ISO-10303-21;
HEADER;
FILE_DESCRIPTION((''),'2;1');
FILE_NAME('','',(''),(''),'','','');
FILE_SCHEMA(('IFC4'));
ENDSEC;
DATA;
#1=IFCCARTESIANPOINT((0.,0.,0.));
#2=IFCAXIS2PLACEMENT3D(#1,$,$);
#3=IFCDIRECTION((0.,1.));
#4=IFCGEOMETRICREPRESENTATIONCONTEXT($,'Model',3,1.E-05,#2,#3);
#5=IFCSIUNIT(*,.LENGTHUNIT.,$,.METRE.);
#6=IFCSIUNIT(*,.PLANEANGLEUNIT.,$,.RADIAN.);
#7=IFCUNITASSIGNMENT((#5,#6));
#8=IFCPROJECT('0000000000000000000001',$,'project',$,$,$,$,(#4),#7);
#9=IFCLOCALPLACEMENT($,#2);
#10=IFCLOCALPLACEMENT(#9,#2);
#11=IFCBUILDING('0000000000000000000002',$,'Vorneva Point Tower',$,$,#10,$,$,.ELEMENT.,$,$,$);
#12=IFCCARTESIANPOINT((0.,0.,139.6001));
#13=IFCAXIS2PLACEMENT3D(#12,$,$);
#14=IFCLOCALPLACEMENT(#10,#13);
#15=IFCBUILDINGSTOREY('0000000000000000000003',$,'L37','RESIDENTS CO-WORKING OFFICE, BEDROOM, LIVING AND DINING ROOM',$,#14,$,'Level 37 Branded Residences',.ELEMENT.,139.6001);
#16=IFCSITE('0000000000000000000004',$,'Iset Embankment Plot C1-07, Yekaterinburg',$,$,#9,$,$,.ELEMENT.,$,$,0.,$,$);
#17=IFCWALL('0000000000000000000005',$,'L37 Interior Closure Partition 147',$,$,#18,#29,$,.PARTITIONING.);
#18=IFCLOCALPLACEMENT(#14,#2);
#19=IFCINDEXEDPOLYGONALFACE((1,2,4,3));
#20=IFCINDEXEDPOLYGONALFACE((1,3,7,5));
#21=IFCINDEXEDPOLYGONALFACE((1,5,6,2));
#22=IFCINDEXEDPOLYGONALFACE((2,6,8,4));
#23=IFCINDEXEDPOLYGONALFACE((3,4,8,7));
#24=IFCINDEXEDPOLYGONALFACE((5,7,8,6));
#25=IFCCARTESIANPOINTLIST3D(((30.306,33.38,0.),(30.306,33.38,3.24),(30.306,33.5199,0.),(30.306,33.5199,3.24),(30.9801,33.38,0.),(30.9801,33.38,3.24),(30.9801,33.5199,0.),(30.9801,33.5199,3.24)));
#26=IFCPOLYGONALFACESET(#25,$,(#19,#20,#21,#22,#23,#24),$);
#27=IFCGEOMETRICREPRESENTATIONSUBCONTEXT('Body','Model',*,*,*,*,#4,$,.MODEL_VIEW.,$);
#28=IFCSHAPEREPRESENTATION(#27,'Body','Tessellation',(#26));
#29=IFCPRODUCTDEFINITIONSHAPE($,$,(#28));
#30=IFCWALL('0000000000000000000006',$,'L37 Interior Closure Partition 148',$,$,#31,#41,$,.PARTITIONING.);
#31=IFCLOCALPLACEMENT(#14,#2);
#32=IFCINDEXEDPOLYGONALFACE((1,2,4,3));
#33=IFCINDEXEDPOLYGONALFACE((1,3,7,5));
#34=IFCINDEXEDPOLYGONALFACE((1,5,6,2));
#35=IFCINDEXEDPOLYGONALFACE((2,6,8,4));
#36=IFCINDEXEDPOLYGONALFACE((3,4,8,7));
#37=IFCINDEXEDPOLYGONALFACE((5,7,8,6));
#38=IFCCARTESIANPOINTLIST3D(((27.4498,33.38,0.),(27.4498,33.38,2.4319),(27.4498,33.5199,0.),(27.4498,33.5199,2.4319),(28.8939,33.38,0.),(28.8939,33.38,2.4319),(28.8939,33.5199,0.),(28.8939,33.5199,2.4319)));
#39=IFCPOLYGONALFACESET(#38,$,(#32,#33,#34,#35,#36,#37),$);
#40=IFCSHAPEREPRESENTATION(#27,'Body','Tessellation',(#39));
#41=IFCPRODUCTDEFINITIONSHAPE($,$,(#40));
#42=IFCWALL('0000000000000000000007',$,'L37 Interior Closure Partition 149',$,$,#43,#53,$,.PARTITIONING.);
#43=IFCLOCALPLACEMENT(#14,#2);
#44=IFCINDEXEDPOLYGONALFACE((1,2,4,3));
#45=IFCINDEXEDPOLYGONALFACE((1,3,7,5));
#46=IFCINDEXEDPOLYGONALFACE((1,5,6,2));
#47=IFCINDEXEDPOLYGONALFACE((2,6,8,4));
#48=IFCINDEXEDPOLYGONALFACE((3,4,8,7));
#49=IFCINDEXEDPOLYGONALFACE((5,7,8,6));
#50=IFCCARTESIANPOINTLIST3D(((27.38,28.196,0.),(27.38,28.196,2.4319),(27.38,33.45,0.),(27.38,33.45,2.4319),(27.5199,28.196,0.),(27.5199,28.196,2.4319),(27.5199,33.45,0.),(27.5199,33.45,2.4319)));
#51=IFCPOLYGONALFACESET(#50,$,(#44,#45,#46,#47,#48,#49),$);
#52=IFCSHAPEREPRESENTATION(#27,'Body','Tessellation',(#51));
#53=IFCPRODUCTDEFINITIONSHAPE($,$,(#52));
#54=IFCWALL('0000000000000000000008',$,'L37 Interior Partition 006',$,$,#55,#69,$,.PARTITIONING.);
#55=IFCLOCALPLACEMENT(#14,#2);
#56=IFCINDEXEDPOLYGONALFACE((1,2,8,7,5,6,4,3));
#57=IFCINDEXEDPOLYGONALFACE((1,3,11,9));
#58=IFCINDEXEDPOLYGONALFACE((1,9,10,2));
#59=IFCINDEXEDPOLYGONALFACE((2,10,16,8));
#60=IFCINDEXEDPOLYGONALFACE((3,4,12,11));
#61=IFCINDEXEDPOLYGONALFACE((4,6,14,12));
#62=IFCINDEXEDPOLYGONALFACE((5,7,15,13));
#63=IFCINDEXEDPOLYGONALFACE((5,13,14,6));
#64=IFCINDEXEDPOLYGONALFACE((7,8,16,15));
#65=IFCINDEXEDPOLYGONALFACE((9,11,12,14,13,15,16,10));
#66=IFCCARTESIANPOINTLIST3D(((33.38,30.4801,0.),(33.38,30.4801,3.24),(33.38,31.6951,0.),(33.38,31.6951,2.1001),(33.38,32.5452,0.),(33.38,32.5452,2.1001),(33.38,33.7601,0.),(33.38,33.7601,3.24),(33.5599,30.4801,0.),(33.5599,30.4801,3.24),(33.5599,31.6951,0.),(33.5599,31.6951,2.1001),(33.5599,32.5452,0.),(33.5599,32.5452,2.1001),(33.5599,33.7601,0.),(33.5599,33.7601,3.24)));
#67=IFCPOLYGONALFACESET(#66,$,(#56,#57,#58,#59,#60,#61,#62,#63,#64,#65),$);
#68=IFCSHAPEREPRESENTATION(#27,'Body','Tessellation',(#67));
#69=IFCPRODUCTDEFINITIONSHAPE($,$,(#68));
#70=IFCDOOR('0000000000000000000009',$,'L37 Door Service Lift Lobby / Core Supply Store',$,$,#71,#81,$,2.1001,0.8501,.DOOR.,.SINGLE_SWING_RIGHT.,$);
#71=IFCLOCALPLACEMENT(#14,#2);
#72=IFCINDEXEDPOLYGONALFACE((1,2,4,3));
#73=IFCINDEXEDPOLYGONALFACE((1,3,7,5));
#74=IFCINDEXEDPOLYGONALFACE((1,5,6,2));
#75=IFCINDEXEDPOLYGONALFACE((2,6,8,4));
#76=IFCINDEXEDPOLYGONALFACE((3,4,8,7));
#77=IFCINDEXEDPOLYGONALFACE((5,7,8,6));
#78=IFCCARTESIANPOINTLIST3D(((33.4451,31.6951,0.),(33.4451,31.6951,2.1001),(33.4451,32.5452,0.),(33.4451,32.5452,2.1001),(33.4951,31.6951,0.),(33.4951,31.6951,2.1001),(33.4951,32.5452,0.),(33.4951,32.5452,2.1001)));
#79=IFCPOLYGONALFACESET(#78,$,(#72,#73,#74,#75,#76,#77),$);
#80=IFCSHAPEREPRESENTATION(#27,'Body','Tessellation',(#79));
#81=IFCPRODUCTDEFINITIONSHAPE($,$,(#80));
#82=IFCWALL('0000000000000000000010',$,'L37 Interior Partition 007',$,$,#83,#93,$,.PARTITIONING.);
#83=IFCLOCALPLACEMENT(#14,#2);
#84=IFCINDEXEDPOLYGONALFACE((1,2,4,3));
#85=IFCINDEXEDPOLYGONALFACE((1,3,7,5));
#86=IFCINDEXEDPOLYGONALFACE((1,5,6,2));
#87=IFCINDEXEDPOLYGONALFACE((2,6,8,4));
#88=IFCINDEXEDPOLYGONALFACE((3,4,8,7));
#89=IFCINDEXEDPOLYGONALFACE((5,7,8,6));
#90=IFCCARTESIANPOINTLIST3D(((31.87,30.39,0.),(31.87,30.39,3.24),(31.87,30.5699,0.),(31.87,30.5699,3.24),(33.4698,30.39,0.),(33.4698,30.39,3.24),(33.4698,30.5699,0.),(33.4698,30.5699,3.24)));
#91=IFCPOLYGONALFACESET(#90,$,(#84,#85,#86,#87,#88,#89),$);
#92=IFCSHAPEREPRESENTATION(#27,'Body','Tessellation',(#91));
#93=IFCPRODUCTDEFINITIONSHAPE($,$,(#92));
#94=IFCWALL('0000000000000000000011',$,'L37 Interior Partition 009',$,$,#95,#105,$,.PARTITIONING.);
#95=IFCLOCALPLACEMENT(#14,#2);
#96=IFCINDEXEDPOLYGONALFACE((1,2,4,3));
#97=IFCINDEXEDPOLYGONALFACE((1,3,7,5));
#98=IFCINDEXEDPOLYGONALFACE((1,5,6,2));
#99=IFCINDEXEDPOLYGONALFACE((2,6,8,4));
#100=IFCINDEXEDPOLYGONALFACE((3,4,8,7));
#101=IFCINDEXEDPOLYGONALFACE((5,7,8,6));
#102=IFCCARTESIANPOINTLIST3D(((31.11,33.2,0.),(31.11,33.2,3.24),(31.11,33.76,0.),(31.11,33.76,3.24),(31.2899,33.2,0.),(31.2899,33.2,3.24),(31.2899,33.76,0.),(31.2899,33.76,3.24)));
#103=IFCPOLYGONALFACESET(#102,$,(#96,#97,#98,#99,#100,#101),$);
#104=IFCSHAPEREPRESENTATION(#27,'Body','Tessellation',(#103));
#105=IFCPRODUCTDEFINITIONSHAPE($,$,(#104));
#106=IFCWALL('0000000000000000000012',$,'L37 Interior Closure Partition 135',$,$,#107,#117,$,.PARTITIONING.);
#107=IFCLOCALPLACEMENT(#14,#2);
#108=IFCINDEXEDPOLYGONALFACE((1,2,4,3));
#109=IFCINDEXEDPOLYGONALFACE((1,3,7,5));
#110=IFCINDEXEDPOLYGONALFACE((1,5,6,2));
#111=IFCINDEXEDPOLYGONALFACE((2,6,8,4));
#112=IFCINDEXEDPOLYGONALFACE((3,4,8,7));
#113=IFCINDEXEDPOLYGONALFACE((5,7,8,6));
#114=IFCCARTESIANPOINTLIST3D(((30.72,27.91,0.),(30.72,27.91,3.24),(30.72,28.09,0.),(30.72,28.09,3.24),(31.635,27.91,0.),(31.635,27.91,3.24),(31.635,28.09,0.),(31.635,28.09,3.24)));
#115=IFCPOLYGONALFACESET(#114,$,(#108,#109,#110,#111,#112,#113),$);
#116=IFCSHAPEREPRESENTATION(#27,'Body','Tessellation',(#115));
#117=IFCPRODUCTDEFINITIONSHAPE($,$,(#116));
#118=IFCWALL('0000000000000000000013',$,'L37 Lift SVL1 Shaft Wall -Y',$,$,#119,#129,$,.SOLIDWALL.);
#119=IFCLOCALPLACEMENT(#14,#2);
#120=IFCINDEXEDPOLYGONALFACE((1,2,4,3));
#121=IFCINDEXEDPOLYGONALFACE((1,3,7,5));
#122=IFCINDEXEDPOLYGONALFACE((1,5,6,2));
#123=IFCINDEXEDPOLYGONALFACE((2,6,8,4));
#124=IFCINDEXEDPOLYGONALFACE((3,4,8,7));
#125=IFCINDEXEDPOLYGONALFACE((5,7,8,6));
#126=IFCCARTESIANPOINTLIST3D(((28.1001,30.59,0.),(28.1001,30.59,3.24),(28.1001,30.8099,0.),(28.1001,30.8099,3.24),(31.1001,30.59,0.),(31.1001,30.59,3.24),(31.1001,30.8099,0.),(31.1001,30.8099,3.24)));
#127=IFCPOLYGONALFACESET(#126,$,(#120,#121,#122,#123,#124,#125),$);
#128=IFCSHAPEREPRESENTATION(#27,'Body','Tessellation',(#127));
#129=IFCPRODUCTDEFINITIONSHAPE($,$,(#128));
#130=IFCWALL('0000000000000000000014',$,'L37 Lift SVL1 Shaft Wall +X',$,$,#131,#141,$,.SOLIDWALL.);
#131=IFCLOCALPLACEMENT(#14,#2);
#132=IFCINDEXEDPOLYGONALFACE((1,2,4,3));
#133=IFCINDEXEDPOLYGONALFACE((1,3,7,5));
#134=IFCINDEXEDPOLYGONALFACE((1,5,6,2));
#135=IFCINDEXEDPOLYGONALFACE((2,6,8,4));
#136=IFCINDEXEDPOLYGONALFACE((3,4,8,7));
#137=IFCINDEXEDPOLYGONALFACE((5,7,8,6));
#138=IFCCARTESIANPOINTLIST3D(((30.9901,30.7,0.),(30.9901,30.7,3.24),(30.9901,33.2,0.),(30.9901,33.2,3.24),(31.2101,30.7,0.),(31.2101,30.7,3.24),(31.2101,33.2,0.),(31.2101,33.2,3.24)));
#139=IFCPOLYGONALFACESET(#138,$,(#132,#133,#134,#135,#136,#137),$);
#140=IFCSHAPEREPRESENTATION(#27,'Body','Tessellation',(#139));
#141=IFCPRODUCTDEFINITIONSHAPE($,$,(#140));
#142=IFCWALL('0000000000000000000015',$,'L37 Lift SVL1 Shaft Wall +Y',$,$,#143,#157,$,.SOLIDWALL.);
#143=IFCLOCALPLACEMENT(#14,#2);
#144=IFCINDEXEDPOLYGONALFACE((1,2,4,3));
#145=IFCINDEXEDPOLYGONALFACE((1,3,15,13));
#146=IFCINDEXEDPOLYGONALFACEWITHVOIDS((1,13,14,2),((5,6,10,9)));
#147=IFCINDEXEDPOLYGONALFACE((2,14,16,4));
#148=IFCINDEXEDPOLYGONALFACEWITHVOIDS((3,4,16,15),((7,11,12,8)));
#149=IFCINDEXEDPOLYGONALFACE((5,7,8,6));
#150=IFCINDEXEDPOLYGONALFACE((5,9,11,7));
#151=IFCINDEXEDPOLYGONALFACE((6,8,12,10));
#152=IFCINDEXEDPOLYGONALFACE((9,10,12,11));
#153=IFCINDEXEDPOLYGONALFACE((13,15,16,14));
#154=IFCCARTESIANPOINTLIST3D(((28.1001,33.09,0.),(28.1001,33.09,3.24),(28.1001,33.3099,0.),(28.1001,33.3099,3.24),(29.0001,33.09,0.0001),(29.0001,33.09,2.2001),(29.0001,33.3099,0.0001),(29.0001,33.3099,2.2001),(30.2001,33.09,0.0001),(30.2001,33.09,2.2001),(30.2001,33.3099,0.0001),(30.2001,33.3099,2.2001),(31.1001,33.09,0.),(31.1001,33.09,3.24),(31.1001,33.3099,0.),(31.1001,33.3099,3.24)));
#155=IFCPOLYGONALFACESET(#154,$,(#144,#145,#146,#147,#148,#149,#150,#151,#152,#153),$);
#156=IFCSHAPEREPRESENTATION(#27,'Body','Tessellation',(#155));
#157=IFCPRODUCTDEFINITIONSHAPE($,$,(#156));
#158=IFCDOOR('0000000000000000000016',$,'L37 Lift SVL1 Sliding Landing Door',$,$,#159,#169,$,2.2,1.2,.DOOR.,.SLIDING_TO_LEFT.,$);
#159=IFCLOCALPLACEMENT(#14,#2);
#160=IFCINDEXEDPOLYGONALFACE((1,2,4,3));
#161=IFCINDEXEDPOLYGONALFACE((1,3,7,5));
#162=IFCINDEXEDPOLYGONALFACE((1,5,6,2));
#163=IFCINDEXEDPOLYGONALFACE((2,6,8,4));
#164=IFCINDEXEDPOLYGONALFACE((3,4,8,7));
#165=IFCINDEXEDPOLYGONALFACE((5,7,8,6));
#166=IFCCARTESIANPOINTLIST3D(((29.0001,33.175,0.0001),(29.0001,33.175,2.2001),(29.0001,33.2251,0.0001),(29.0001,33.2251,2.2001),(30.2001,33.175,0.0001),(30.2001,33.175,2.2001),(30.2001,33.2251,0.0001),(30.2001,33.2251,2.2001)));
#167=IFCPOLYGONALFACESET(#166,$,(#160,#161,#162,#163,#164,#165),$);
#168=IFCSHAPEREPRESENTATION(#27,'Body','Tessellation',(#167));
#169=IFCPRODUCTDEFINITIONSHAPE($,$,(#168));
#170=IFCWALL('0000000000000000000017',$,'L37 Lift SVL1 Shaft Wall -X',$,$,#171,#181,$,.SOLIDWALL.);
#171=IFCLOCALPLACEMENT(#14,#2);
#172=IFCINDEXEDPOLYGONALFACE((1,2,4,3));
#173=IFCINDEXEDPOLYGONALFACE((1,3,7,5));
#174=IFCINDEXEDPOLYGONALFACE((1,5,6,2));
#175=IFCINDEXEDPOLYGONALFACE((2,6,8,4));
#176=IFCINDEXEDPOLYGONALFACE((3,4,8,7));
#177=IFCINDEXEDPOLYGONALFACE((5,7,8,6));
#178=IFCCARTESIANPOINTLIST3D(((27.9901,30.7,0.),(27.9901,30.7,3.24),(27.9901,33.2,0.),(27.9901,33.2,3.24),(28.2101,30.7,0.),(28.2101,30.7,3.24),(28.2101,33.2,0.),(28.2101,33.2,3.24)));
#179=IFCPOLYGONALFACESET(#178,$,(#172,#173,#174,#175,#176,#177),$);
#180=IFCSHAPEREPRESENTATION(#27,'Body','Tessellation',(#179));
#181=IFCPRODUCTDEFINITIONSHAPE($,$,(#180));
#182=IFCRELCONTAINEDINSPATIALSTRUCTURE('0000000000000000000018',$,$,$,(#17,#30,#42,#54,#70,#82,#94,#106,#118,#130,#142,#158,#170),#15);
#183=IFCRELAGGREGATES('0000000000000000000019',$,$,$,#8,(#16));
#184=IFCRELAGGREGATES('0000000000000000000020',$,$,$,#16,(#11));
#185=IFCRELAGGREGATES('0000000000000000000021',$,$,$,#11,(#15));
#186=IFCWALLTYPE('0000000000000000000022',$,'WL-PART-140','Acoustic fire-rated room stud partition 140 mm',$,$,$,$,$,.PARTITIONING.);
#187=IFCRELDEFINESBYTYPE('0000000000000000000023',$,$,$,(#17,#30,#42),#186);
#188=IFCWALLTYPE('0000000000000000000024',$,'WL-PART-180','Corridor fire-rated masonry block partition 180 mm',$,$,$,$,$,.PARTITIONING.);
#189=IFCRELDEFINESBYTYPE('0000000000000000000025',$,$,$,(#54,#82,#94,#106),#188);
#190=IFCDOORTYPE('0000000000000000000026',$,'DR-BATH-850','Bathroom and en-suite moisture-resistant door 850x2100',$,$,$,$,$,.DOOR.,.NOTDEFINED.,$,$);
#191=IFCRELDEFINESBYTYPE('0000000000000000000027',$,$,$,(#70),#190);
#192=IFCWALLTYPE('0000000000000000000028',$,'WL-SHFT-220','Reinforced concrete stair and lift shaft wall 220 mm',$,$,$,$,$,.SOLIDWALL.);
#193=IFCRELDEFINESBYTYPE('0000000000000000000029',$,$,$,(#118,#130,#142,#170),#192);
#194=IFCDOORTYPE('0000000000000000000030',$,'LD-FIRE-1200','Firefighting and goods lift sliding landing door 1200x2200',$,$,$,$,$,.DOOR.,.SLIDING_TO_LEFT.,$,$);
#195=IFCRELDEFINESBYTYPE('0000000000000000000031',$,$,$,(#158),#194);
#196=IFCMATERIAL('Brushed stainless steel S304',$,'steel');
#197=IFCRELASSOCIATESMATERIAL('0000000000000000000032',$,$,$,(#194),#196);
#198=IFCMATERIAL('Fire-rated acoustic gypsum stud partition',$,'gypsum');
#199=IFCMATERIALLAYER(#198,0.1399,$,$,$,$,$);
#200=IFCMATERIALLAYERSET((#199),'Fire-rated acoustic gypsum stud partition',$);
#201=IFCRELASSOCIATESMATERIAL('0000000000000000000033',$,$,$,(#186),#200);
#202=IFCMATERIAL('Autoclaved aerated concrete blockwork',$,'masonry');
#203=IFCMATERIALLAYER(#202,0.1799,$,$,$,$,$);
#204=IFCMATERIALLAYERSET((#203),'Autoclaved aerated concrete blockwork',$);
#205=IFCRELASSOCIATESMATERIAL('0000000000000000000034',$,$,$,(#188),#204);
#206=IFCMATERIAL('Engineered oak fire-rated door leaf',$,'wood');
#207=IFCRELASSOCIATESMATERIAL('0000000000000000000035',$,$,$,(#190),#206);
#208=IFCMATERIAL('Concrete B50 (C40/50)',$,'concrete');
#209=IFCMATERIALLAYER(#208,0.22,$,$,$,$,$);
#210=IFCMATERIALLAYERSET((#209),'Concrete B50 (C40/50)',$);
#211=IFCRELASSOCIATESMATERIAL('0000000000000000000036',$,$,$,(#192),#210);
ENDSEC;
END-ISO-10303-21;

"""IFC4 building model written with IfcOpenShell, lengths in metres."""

from ifc_helpers import new_model, si_unit, direction, frame, frame_2d, origin, place, context, subcontext, project, spatial, rectangle, extrude, material, layer, layer_set, type_object, element, fill, save


model = new_model("IFC4")

# Units and contexts
model_context = context("Model", 3, precision=1e-05, world=origin(), true_north=direction((0.0, 1.0)))
body_context = subcontext(model_context, "Body", "Model", "MODEL_VIEW")
ifc_project = project(units=[si_unit("LENGTHUNIT", "METRE"), si_unit("PLANEANGLEUNIT", "RADIAN")], contexts=[model_context])

# Site, building, storey
site_placement = place(None, origin())
site = spatial("IfcSite", under=ifc_project, at=site_placement, Name="Iset Embankment Plot C1-07, Yekaterinburg", CompositionType="ELEMENT", RefElevation=0.0)
building_placement = place(site_placement, origin())
building = spatial("IfcBuilding", under=site, at=building_placement, Name="Vorneva Point Tower", CompositionType="ELEMENT")
storey_placement = place(building_placement, frame((0.0, 0.0, 139.6001)))
storey = spatial("IfcBuildingStorey", under=building, at=storey_placement, Name="L37", Description="RESIDENTS CO-WORKING OFFICE, BEDROOM, LIVING AND DINING ROOM", LongName="Level 37 Branded Residences", CompositionType="ELEMENT", Elevation=139.6001)

# Shared definitions
ifc_material_1 = material(Name="Brushed stainless steel S304", Category="steel")
door_type_1 = type_object("IfcDoorType", Name="LD-FIRE-1200", Description="Firefighting and goods lift sliding landing door 1200x2200", OperationType="SLIDING_TO_LEFT", PredefinedType="DOOR", material=ifc_material_1)

# Walls
ifc_material_2 = material(Name="Fire-rated acoustic gypsum stud partition", Category="gypsum")
ifc_layer_1 = layer(ifc_material_2, 0.1399)
ifc_layer_set_1 = layer_set([ifc_layer_1], Name="Fire-rated acoustic gypsum stud partition")
wall_type_1 = type_object("IfcWallType", Name="WL-PART-140", Description="Acoustic fire-rated room stud partition 140 mm", PredefinedType="PARTITIONING", material=ifc_layer_set_1)
wall_1_placement = place(storey_placement, frame((30.98, 33.45, 0.0), z_axis=(0.0, 0.0, 1.0), x_axis=(-1.0, 0.0, 0.0)))
element("IfcWall", 1, at=wall_1_placement, inside=storey, type_object=wall_type_1, Name="L37 Interior Closure Partition 147", PredefinedType="PARTITIONING", context=body_context, shape_type="SweptSolid", body=[
    extrude(rectangle(XDim=0.6741, YDim=0.1399, at=frame_2d((0.3369, 0.0))), origin(), (0.0, 0.0, 1.0), 3.24),
])
wall_2_placement = place(storey_placement, frame((28.894, 33.45, 0.0), z_axis=(0.0, 0.0, 1.0), x_axis=(-1.0, 0.0, 0.0)))
element("IfcWall", 2, at=wall_2_placement, inside=storey, type_object=wall_type_1, Name="L37 Interior Closure Partition 148", PredefinedType="PARTITIONING", context=body_context, shape_type="SweptSolid", body=[
    extrude(rectangle(XDim=1.4441, YDim=0.1399, at=frame_2d((0.7222, 0.0))), origin(), (0.0, 0.0, 1.0), 2.4319),
])
wall_3_placement = place(storey_placement, frame((27.45, 33.45, 0.0), z_axis=(0.0, 0.0, 1.0), x_axis=(0.0, -1.0, 0.0)))
element("IfcWall", 3, at=wall_3_placement, inside=storey, type_object=wall_type_1, Name="L37 Interior Closure Partition 149", PredefinedType="PARTITIONING", context=body_context, shape_type="SweptSolid", body=[
    extrude(rectangle(XDim=5.2539, YDim=0.1399, at=frame_2d((2.627, 0.0))), origin(), (0.0, 0.0, 1.0), 2.4319),
])

# Wall, opening, door
ifc_material_3 = material(Name="Autoclaved aerated concrete blockwork", Category="masonry")
ifc_layer_2 = layer(ifc_material_3, 0.1799)
ifc_layer_set_2 = layer_set([ifc_layer_2], Name="Autoclaved aerated concrete blockwork")
wall_type_2 = type_object("IfcWallType", Name="WL-PART-180", Description="Corridor fire-rated masonry block partition 180 mm", PredefinedType="PARTITIONING", material=ifc_layer_set_2)
wall_4_placement = place(storey_placement, frame((33.47, 30.48, 0.0), z_axis=(0.0, 0.0, 1.0), x_axis=(0.0, 1.0, 0.0)))
wall_4 = element("IfcWall", 4, at=wall_4_placement, inside=storey, type_object=wall_type_2, Name="L37 Interior Partition 006", PredefinedType="PARTITIONING", context=body_context, shape_type="SweptSolid", body=[
    extrude(rectangle(XDim=3.28, YDim=0.1799, at=frame_2d((1.6401, 0.0))), origin(), (0.0, 0.0, 1.0), 3.24),
])
opening_1_placement = place(wall_4_placement, frame((1.2151, 0.0, 0.0)))
opening_1 = element("IfcOpeningElement", 5, at=opening_1_placement, cuts=wall_4, PredefinedType="OPENING", context=body_context, shape_type="SweptSolid", body=[
    extrude(rectangle(XDim=0.8501, YDim=2.1001, at=frame_2d((0.425, 1.05))), frame((0.0, 0.105, 0.0), z_axis=(0.0, -1.0, 0.0), x_axis=(1.0, 0.0, 0.0)), (0.0, 0.0, 1.0), 0.2097),
])
ifc_material_4 = material(Name="Engineered oak fire-rated door leaf", Category="wood")
door_type_2 = type_object("IfcDoorType", Name="DR-BATH-850", Description="Bathroom and en-suite moisture-resistant door 850x2100", OperationType="NOTDEFINED", PredefinedType="DOOR", material=ifc_material_4)
door_1_placement = place(opening_1_placement, origin())
door_1 = element("IfcDoor", 6, at=door_1_placement, inside=storey, type_object=door_type_2, Name="L37 Door Service Lift Lobby / Core Supply Store", OperationType="SINGLE_SWING_RIGHT", OverallHeight=2.1001, OverallWidth=0.8501, PredefinedType="DOOR", context=body_context, shape_type="SweptSolid", body=[
    extrude(rectangle(XDim=0.8501, YDim=2.1001, at=frame_2d((0.425, 1.05))), frame((0.0, 0.0249, 0.0), z_axis=(0.0, -1.0, 0.0), x_axis=(1.0, 0.0, 0.0)), (0.0, 0.0, 1.0), 0.05),
])
fill(opening_1, door_1)

# Wall
wall_5_placement = place(storey_placement, frame((31.8701, 30.48, 0.0), z_axis=(0.0, 0.0, 1.0), x_axis=(1.0, 0.0, 0.0)))
element("IfcWall", 7, at=wall_5_placement, inside=storey, type_object=wall_type_2, Name="L37 Interior Partition 007", PredefinedType="PARTITIONING", context=body_context, shape_type="SweptSolid", body=[
    extrude(rectangle(XDim=1.5999, YDim=0.1799, at=frame_2d((0.7998, 0.0))), origin(), (0.0, 0.0, 1.0), 3.24),
])

# Walls
wall_6_placement = place(storey_placement, frame((31.2, 33.76, 0.0), z_axis=(0.0, 0.0, 1.0), x_axis=(0.0, -1.0, 0.0)))
element("IfcWall", 8, at=wall_6_placement, inside=storey, type_object=wall_type_2, Name="L37 Interior Partition 009", PredefinedType="PARTITIONING", context=body_context, shape_type="SweptSolid", body=[
    extrude(rectangle(XDim=0.5601, YDim=0.1799, at=frame_2d((0.28, 0.0))), origin(), (0.0, 0.0, 1.0), 3.24),
])
wall_7_placement = place(storey_placement, frame((31.635, 28.0, 0.0), z_axis=(0.0, 0.0, 1.0), x_axis=(-1.0, 0.0, 0.0)))
element("IfcWall", 9, at=wall_7_placement, inside=storey, type_object=wall_type_2, Name="L37 Interior Closure Partition 135", PredefinedType="PARTITIONING", context=body_context, shape_type="SweptSolid", body=[
    extrude(rectangle(XDim=0.915, YDim=0.1799, at=frame_2d((0.4575, 0.0))), origin(), (0.0, 0.0, 1.0), 3.24),
])
ifc_material_5 = material(Name="Concrete B50 (C40/50)", Category="concrete")
ifc_layer_3 = layer(ifc_material_5, 0.22)
ifc_layer_set_3 = layer_set([ifc_layer_3], Name="Concrete B50 (C40/50)")
wall_type_3 = type_object("IfcWallType", Name="WL-SHFT-220", Description="Reinforced concrete stair and lift shaft wall 220 mm", PredefinedType="SOLIDWALL", material=ifc_layer_set_3)
wall_8_placement = place(storey_placement, frame((28.1001, 30.7, 0.0), z_axis=(0.0, 0.0, 1.0), x_axis=(1.0, 0.0, 0.0)))
element("IfcWall", 10, at=wall_8_placement, inside=storey, type_object=wall_type_3, Name="L37 Lift SVL1 Shaft Wall -Y", PredefinedType="SOLIDWALL", context=body_context, shape_type="SweptSolid", body=[
    extrude(rectangle(XDim=3.0, YDim=0.22, at=frame_2d((1.5, 0.0))), origin(), (0.0, 0.0, 1.0), 3.24),
])
wall_9_placement = place(storey_placement, frame((31.1001, 30.7, 0.0), z_axis=(0.0, 0.0, 1.0), x_axis=(0.0, 1.0, 0.0)))
element("IfcWall", 11, at=wall_9_placement, inside=storey, type_object=wall_type_3, Name="L37 Lift SVL1 Shaft Wall +X", PredefinedType="SOLIDWALL", context=body_context, shape_type="SweptSolid", body=[
    extrude(rectangle(XDim=2.5, YDim=0.22, at=frame_2d((1.25, 0.0))), origin(), (0.0, 0.0, 1.0), 3.24),
])

# Wall, opening, door
wall_10_placement = place(storey_placement, frame((31.1001, 33.2, 0.0), z_axis=(0.0, 0.0, 1.0), x_axis=(-1.0, 0.0, 0.0)))
wall_10 = element("IfcWall", 12, at=wall_10_placement, inside=storey, type_object=wall_type_3, Name="L37 Lift SVL1 Shaft Wall +Y", PredefinedType="SOLIDWALL", context=body_context, shape_type="SweptSolid", body=[
    extrude(rectangle(XDim=3.0, YDim=0.22, at=frame_2d((1.5, 0.0))), origin(), (0.0, 0.0, 1.0), 3.24),
])
opening_2_placement = place(wall_10_placement, frame((0.8999, 0.0, 0.0)))
opening_2 = element("IfcOpeningElement", 13, at=opening_2_placement, cuts=wall_10, PredefinedType="OPENING", context=body_context, shape_type="SweptSolid", body=[
    extrude(rectangle(XDim=1.2, YDim=2.2, at=frame_2d((0.6001, 1.1001))), frame((0.0, 0.125, 0.0), z_axis=(0.0, -1.0, 0.0), x_axis=(1.0, 0.0, 0.0)), (0.0, 0.0, 1.0), 0.2498),
])
door_2_placement = place(opening_2_placement, origin())
door_2 = element("IfcDoor", 14, at=door_2_placement, inside=storey, type_object=door_type_1, Name="L37 Lift SVL1 Sliding Landing Door", OperationType="SLIDING_TO_LEFT", OverallHeight=2.2, OverallWidth=1.2, PredefinedType="DOOR", context=body_context, shape_type="SweptSolid", body=[
    extrude(rectangle(XDim=1.2, YDim=2.2, at=frame_2d((0.6001, 1.1001))), frame((0.0, 0.0249, 0.0), z_axis=(0.0, -1.0, 0.0), x_axis=(1.0, 0.0, 0.0)), (0.0, 0.0, 1.0), 0.05),
])
fill(opening_2, door_2)

# Wall
wall_11_placement = place(storey_placement, frame((28.1001, 33.2, 0.0), z_axis=(0.0, 0.0, 1.0), x_axis=(0.0, -1.0, 0.0)))
element("IfcWall", 15, at=wall_11_placement, inside=storey, type_object=wall_type_3, Name="L37 Lift SVL1 Shaft Wall -X", PredefinedType="SOLIDWALL", context=body_context, shape_type="SweptSolid", body=[
    extrude(rectangle(XDim=2.5, YDim=0.22, at=frame_2d((1.25, 0.0))), origin(), (0.0, 0.0, 1.0), 3.24),
])

save(model, "model.ifc")
